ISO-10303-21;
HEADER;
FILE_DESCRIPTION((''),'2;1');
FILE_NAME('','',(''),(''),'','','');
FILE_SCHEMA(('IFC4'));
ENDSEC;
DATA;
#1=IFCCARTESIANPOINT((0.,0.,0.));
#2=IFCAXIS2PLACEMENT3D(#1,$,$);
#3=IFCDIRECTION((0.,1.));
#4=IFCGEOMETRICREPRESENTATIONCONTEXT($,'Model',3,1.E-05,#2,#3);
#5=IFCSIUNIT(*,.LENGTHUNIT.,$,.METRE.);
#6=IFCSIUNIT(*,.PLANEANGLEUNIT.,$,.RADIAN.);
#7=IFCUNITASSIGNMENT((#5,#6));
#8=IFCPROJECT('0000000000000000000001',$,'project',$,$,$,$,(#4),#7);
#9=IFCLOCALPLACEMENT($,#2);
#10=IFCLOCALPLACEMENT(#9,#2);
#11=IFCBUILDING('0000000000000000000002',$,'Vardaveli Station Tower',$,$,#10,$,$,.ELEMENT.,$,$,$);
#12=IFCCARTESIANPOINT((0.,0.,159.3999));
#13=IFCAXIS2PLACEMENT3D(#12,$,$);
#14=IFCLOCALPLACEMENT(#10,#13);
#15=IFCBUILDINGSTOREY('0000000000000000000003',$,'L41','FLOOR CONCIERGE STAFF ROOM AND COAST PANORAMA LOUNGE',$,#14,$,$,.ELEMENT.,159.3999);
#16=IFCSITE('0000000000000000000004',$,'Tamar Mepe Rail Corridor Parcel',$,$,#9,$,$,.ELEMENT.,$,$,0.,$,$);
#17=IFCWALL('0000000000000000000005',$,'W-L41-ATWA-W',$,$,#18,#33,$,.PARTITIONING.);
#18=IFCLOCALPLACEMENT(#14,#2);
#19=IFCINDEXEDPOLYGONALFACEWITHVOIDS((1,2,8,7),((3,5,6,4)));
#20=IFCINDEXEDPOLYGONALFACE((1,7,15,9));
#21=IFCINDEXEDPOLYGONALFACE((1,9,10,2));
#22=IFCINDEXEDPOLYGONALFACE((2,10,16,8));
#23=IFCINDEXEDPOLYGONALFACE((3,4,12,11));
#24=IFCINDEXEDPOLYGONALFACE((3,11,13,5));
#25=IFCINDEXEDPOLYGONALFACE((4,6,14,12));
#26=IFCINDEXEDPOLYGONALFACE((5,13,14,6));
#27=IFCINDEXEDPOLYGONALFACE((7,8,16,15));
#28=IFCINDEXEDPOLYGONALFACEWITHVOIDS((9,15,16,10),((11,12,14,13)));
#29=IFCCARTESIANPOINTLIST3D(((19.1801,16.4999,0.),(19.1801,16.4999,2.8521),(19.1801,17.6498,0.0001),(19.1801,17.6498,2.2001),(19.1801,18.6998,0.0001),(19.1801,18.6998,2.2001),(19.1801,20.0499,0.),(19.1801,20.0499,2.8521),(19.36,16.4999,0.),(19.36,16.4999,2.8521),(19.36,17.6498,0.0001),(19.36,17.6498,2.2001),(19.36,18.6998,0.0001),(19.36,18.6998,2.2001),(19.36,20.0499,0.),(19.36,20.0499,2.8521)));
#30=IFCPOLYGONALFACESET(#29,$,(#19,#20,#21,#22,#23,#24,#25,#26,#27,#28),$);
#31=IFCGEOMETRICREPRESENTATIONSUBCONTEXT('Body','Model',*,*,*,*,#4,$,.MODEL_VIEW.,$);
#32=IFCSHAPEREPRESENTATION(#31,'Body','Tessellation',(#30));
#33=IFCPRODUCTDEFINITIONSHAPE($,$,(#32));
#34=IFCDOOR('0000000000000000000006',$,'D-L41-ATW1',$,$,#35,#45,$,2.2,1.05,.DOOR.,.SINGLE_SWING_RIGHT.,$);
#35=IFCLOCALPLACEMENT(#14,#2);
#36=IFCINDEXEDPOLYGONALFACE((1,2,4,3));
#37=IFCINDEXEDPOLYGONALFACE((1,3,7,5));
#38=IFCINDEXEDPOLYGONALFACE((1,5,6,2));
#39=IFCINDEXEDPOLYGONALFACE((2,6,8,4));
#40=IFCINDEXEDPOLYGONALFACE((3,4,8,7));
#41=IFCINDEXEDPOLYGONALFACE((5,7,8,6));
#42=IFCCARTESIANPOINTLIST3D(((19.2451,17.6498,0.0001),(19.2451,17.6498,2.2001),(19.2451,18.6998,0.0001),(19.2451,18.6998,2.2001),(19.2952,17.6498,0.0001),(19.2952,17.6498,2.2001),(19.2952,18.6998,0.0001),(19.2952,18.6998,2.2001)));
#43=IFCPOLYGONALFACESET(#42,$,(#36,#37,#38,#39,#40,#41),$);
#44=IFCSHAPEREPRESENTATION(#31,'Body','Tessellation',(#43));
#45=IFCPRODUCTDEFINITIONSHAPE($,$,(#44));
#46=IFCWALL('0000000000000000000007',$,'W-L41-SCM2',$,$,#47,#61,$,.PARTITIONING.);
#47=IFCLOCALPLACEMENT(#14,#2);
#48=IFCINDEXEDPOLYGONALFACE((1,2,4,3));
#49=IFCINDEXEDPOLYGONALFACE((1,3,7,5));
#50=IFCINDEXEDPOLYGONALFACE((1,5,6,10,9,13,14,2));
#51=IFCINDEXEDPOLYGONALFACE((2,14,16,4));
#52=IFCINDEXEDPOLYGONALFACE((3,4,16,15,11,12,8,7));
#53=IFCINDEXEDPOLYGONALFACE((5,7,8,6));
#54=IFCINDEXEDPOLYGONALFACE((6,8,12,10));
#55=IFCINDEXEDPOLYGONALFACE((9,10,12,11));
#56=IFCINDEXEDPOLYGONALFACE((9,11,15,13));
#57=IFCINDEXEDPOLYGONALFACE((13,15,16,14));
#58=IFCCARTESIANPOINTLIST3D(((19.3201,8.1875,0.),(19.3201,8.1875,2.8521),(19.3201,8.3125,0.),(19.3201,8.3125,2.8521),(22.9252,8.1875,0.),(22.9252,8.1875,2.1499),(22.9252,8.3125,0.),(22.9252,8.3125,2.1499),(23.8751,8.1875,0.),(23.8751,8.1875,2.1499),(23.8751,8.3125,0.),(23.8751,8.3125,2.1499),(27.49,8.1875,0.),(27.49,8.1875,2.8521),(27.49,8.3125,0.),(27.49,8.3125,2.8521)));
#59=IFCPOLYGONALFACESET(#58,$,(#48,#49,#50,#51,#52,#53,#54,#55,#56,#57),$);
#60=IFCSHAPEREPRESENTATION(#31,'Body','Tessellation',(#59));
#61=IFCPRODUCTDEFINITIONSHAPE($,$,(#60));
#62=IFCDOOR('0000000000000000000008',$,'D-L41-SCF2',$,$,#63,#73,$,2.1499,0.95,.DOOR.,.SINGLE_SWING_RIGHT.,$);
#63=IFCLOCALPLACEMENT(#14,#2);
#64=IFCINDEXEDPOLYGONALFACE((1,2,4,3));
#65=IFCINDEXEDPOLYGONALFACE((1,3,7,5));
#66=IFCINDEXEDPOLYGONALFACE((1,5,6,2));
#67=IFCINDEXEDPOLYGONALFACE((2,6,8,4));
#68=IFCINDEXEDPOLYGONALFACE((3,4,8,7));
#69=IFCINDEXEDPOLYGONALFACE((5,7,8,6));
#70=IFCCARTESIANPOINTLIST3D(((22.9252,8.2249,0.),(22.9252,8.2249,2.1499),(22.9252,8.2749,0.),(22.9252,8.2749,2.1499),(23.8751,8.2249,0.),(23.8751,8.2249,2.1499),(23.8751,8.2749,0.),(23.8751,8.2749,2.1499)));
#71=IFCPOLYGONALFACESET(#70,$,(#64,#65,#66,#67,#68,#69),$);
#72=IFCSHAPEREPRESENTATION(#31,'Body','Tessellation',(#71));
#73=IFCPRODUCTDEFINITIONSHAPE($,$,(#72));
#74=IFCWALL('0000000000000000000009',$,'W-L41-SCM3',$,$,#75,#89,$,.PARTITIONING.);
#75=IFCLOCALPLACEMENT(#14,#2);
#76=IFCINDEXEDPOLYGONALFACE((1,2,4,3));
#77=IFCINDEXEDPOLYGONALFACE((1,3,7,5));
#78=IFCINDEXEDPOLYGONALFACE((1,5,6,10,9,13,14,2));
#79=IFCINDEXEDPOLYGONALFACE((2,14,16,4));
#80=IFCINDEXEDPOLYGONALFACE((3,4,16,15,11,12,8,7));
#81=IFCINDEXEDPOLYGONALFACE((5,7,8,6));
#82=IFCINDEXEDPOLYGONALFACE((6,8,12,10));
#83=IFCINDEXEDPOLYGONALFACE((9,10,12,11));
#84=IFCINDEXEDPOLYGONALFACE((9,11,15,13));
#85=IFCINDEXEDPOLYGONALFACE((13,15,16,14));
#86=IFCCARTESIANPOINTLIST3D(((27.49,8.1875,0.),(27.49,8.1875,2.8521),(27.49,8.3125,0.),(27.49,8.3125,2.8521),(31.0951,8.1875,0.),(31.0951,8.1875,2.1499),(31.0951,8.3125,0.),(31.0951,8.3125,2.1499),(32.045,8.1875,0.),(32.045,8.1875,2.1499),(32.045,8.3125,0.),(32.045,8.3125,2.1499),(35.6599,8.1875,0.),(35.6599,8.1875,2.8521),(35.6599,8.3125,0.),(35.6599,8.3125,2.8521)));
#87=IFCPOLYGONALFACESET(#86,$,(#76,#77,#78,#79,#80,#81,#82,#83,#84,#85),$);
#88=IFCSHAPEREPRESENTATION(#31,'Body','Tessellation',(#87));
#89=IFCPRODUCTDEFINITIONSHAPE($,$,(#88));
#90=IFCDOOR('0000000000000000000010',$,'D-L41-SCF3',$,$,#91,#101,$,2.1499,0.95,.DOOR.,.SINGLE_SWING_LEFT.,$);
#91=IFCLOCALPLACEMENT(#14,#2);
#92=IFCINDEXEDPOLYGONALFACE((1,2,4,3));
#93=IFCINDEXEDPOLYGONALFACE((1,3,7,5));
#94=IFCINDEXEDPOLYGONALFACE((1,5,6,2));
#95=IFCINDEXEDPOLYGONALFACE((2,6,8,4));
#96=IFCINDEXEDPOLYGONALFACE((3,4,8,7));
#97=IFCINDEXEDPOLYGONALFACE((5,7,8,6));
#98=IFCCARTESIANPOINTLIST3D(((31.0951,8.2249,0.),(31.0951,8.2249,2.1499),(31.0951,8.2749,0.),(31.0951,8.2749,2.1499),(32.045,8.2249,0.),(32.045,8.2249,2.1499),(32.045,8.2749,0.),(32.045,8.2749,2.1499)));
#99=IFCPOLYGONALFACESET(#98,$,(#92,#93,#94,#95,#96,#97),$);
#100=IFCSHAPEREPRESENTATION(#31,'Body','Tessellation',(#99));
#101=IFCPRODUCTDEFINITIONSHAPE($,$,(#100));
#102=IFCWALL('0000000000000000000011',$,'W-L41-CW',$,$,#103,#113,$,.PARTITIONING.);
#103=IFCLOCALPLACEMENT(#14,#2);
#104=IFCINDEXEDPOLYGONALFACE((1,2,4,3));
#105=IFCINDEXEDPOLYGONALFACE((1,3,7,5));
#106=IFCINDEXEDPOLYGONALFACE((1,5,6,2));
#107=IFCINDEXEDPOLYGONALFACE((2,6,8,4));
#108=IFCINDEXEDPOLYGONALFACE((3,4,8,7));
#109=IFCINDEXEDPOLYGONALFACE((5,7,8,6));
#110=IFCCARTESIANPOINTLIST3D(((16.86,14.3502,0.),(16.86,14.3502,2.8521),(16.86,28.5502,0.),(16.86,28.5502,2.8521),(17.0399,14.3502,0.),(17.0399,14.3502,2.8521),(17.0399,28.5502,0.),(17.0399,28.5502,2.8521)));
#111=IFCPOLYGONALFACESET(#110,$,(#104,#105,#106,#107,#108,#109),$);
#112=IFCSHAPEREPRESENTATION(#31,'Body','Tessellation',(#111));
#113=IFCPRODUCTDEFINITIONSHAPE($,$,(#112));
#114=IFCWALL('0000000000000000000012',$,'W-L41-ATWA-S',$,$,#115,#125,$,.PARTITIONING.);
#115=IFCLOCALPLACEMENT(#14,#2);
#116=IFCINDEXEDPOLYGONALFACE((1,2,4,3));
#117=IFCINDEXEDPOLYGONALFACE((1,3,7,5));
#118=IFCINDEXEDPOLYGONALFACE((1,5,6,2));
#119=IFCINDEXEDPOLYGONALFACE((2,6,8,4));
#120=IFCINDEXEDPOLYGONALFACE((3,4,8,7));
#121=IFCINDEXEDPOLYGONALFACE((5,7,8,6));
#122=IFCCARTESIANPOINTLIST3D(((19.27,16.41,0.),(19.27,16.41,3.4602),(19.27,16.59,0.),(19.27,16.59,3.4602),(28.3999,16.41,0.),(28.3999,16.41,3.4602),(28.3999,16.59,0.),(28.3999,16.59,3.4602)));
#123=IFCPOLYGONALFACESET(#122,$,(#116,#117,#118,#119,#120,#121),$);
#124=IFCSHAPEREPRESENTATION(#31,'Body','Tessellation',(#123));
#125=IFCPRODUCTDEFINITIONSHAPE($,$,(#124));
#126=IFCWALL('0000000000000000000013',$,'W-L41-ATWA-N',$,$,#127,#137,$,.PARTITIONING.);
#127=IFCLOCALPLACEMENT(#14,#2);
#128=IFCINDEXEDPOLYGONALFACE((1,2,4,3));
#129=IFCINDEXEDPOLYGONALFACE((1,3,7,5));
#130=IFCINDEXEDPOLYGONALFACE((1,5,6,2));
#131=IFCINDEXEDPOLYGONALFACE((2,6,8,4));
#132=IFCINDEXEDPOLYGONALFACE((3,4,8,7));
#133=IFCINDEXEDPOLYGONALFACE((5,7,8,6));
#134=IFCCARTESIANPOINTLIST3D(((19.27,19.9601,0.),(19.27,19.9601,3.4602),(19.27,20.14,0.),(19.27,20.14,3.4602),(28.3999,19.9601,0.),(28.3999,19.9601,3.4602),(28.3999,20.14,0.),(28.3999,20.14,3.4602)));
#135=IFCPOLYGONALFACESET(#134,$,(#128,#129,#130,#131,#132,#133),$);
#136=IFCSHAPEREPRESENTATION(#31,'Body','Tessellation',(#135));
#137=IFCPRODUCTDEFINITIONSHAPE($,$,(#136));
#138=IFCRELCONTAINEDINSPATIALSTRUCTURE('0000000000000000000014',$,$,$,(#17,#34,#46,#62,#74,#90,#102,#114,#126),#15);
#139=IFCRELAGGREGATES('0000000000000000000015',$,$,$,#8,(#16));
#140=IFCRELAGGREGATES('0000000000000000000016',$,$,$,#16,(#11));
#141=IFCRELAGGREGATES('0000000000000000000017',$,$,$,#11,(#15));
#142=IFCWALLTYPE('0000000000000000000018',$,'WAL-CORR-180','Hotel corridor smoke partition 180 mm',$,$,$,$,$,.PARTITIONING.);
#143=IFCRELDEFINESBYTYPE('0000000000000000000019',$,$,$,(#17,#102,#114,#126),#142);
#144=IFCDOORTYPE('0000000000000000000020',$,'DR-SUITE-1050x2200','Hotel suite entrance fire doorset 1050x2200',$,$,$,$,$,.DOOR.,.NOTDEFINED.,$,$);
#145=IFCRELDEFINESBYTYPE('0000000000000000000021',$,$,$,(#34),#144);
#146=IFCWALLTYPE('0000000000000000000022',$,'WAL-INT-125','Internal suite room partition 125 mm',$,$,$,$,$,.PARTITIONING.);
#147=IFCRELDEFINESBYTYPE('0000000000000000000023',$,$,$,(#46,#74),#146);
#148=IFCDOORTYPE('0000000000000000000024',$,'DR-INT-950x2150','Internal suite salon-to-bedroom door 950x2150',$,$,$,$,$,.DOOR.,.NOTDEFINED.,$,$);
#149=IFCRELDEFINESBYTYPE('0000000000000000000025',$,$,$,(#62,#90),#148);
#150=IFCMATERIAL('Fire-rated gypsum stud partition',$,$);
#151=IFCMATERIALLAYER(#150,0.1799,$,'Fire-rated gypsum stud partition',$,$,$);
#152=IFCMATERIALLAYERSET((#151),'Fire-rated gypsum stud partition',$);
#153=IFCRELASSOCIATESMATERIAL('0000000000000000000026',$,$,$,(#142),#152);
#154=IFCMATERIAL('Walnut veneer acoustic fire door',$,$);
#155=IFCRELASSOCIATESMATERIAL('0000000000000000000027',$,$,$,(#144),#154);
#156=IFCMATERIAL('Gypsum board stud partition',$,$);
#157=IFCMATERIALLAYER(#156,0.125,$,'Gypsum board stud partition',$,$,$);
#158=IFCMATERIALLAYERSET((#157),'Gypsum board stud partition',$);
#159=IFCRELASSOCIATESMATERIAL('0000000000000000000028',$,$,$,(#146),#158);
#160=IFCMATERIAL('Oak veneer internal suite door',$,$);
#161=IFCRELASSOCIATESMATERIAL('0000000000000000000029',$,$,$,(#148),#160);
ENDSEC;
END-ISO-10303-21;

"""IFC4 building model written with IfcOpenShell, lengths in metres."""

from ifc_helpers import new_model, si_unit, direction, frame, frame_2d, origin, place, context, subcontext, project, spatial, rectangle, extrude, source, transform, mapped, material, layer, layer_set, type_object, element, fill, save


model = new_model("IFC4")

# Units and contexts
model_context = context("Model", 3, precision=1e-05, world=origin(), true_north=direction((0.0, 1.0)))
body_context = subcontext(model_context, "Body", "Model", "MODEL_VIEW")
ifc_project = project(units=[si_unit("LENGTHUNIT", "METRE"), si_unit("PLANEANGLEUNIT", "RADIAN")], contexts=[model_context])

# Site, building, storey
site_placement = place(None, origin())
site = spatial("IfcSite", under=ifc_project, at=site_placement, Name="Tamar Mepe Rail Corridor Parcel", CompositionType="ELEMENT", RefElevation=0.0)
building_placement = place(site_placement, origin())
building = spatial("IfcBuilding", under=site, at=building_placement, Name="Vardaveli Station Tower", CompositionType="ELEMENT")
storey_placement = place(building_placement, frame((0.0, 0.0, 159.3999)))
storey = spatial("IfcBuildingStorey", under=building, at=storey_placement, Name="L41", Description="FLOOR CONCIERGE STAFF ROOM AND COAST PANORAMA LOUNGE", CompositionType="ELEMENT", Elevation=159.3999)

# Walls, openings, doors
ifc_material_1 = material(Name="Fire-rated gypsum stud partition")
ifc_layer_1 = layer(ifc_material_1, 0.1799, Name="Fire-rated gypsum stud partition")
ifc_layer_set_1 = layer_set([ifc_layer_1], Name="Fire-rated gypsum stud partition")
wall_type_1 = type_object("IfcWallType", Name="WAL-CORR-180", Description="Hotel corridor smoke partition 180 mm", PredefinedType="PARTITIONING", material=ifc_layer_set_1)
shared_shape_1 = source(origin(), body_context, "Body", "SweptSolid", [
    extrude(rectangle(XDim=1.05, YDim=2.2, at=frame_2d((0.5249, 1.1001))), frame((0.0, 0.1001, 0.0), z_axis=(0.0, -1.0, 0.0), x_axis=(1.0, 0.0, 0.0)), (0.0, 0.0, 1.0), 0.2),
])
ifc_material_2 = material(Name="Walnut veneer acoustic fire door")
door_type_1 = type_object("IfcDoorType", Name="DR-SUITE-1050x2200", Description="Hotel suite entrance fire doorset 1050x2200", OperationType="NOTDEFINED", PredefinedType="DOOR", material=ifc_material_2)
shared_shape_2 = source(origin(), body_context, "Body", "SweptSolid", [
    extrude(rectangle(XDim=1.05, YDim=2.2, at=frame_2d((0.5249, 1.1001))), frame((0.0, 0.0249, 0.0), z_axis=(0.0, -1.0, 0.0), x_axis=(1.0, 0.0, 0.0)), (0.0, 0.0, 1.0), 0.05),
])
shared_shape_3 = source(origin(), body_context, "Body", "SweptSolid", [
    extrude(rectangle(XDim=3.55, YDim=0.1799, at=frame_2d((1.7749, 0.0))), origin(), (0.0, 0.0, 1.0), 2.8521),
])
wall_1_placement = place(storey_placement, frame((19.27, 16.5, 0.0), z_axis=(0.0, 0.0, 1.0), x_axis=(0.0, 1.0, 0.0)))
wall_1 = element("IfcWall", 1, at=wall_1_placement, inside=storey, type_object=wall_type_1, Name="W-L41-ATWA-W", PredefinedType="PARTITIONING", context=body_context, shape_type="MappedRepresentation", body=[
    mapped(shared_shape_3, transform((0.0, 0.0, 0.0), scale=1.0)),
])
opening_1_placement = place(wall_1_placement, frame((1.1499, 0.0, 0.0)))
opening_1 = element("IfcOpeningElement", 2, at=opening_1_placement, cuts=wall_1, PredefinedType="OPENING", context=body_context, shape_type="MappedRepresentation", body=[
    mapped(shared_shape_1, transform((0.0, 0.0, 0.0), scale=1.0)),
])
door_1_placement = place(opening_1_placement, origin())
door_1 = element("IfcDoor", 3, at=door_1_placement, inside=storey, type_object=door_type_1, Name="D-L41-ATW1", OperationType="SINGLE_SWING_RIGHT", OverallHeight=2.2, OverallWidth=1.05, PredefinedType="DOOR", context=body_context, shape_type="MappedRepresentation", body=[
    mapped(shared_shape_2, transform((0.0, 0.0, 0.0), scale=1.0)),
])
fill(opening_1, door_1)
ifc_material_3 = material(Name="Gypsum board stud partition")
ifc_layer_2 = layer(ifc_material_3, 0.125, Name="Gypsum board stud partition")
ifc_layer_set_2 = layer_set([ifc_layer_2], Name="Gypsum board stud partition")
wall_type_2 = type_object("IfcWallType", Name="WAL-INT-125", Description="Internal suite room partition 125 mm", PredefinedType="PARTITIONING", material=ifc_layer_set_2)
shared_shape_4 = source(origin(), body_context, "Body", "SweptSolid", [
    extrude(rectangle(XDim=8.1699, YDim=0.125, at=frame_2d((4.085, 0.0))), origin(), (0.0, 0.0, 1.0), 2.8521),
])
wall_2_placement = place(storey_placement, frame((19.3201, 8.25, 0.0), z_axis=(0.0, 0.0, 1.0), x_axis=(1.0, 0.0, 0.0)))
wall_2 = element("IfcWall", 4, at=wall_2_placement, inside=storey, type_object=wall_type_2, Name="W-L41-SCM2", PredefinedType="PARTITIONING", context=body_context, shape_type="MappedRepresentation", body=[
    mapped(shared_shape_4, transform((0.0, 0.0, 0.0), scale=1.0)),
])
shared_shape_5 = source(origin(), body_context, "Body", "SweptSolid", [
    extrude(rectangle(XDim=0.95, YDim=2.1499, at=frame_2d((0.4751, 1.075))), frame((0.0, 0.0725, 0.0), z_axis=(0.0, -1.0, 0.0), x_axis=(1.0, 0.0, 0.0)), (0.0, 0.0, 1.0), 0.145),
])
opening_2_placement = place(wall_2_placement, frame((3.605, 0.0, 0.0)))
opening_2 = element("IfcOpeningElement", 5, at=opening_2_placement, cuts=wall_2, PredefinedType="OPENING", context=body_context, shape_type="MappedRepresentation", body=[
    mapped(shared_shape_5, transform((0.0, 0.0, 0.0), scale=1.0)),
])
ifc_material_4 = material(Name="Oak veneer internal suite door")
door_type_2 = type_object("IfcDoorType", Name="DR-INT-950x2150", Description="Internal suite salon-to-bedroom door 950x2150", OperationType="NOTDEFINED", PredefinedType="DOOR", material=ifc_material_4)
shared_shape_6 = source(origin(), body_context, "Body", "SweptSolid", [
    extrude(rectangle(XDim=0.95, YDim=2.1499, at=frame_2d((0.4751, 1.075))), frame((0.0, 0.0249, 0.0), z_axis=(0.0, -1.0, 0.0), x_axis=(1.0, 0.0, 0.0)), (0.0, 0.0, 1.0), 0.05),
])
door_2_placement = place(opening_2_placement, origin())
door_2 = element("IfcDoor", 6, at=door_2_placement, inside=storey, type_object=door_type_2, Name="D-L41-SCF2", OperationType="SINGLE_SWING_RIGHT", OverallHeight=2.1499, OverallWidth=0.95, PredefinedType="DOOR", context=body_context, shape_type="MappedRepresentation", body=[
    mapped(shared_shape_6, transform((0.0, 0.0, 0.0), scale=1.0)),
])
fill(opening_2, door_2)
wall_3_placement = place(storey_placement, frame((27.49, 8.25, 0.0), z_axis=(0.0, 0.0, 1.0), x_axis=(1.0, 0.0, 0.0)))
wall_3 = element("IfcWall", 7, at=wall_3_placement, inside=storey, type_object=wall_type_2, Name="W-L41-SCM3", PredefinedType="PARTITIONING", context=body_context, shape_type="MappedRepresentation", body=[
    mapped(shared_shape_4, transform((0.0, 0.0, 0.0), scale=1.0)),
])
opening_3_placement = place(wall_3_placement, frame((3.605, 0.0, 0.0)))
opening_3 = element("IfcOpeningElement", 8, at=opening_3_placement, cuts=wall_3, PredefinedType="OPENING", context=body_context, shape_type="MappedRepresentation", body=[
    mapped(shared_shape_5, transform((0.0, 0.0, 0.0), scale=1.0)),
])
door_3_placement = place(opening_3_placement, origin())
door_3 = element("IfcDoor", 9, at=door_3_placement, inside=storey, type_object=door_type_2, Name="D-L41-SCF3", OperationType="SINGLE_SWING_LEFT", OverallHeight=2.1499, OverallWidth=0.95, PredefinedType="DOOR", context=body_context, shape_type="MappedRepresentation", body=[
    mapped(shared_shape_6, transform((0.0, 0.0, 0.0), scale=1.0)),
])
fill(opening_3, door_3)

# Walls
shared_shape_7 = source(origin(), body_context, "Body", "SweptSolid", [
    extrude(rectangle(XDim=14.2, YDim=0.1799, at=frame_2d((7.1001, 0.0))), origin(), (0.0, 0.0, 1.0), 2.8521),
])
wall_4_placement = place(storey_placement, frame((16.95, 14.3501, 0.0), z_axis=(0.0, 0.0, 1.0), x_axis=(0.0, 1.0, 0.0)))
element("IfcWall", 10, at=wall_4_placement, inside=storey, type_object=wall_type_1, Name="W-L41-CW", PredefinedType="PARTITIONING", context=body_context, shape_type="MappedRepresentation", body=[
    mapped(shared_shape_7, transform((0.0, 0.0, 0.0), scale=1.0)),
])
shared_shape_8 = source(origin(), body_context, "Body", "SweptSolid", [
    extrude(rectangle(XDim=9.1299, YDim=0.1799, at=frame_2d((4.5649, 0.0))), origin(), (0.0, 0.0, 1.0), 3.4602),
])
for number, where, z_axis, x_axis, name in (
    (11, (19.27, 16.5, 0.0), (0.0, 0.0, 1.0), (1.0, 0.0, 0.0), "W-L41-ATWA-S"),
    (12, (19.27, 20.05, 0.0), (0.0, 0.0, 1.0), (1.0, 0.0, 0.0), "W-L41-ATWA-N"),
):
    element("IfcWall", number, at=place(storey_placement, frame(where, z_axis=z_axis, x_axis=x_axis)), inside=storey, type_object=wall_type_1, Name=name, PredefinedType="PARTITIONING", context=body_context, shape_type="MappedRepresentation", body=[
        mapped(shared_shape_8, transform((0.0, 0.0, 0.0), scale=1.0)),
    ])

save(model, "model.ifc")
